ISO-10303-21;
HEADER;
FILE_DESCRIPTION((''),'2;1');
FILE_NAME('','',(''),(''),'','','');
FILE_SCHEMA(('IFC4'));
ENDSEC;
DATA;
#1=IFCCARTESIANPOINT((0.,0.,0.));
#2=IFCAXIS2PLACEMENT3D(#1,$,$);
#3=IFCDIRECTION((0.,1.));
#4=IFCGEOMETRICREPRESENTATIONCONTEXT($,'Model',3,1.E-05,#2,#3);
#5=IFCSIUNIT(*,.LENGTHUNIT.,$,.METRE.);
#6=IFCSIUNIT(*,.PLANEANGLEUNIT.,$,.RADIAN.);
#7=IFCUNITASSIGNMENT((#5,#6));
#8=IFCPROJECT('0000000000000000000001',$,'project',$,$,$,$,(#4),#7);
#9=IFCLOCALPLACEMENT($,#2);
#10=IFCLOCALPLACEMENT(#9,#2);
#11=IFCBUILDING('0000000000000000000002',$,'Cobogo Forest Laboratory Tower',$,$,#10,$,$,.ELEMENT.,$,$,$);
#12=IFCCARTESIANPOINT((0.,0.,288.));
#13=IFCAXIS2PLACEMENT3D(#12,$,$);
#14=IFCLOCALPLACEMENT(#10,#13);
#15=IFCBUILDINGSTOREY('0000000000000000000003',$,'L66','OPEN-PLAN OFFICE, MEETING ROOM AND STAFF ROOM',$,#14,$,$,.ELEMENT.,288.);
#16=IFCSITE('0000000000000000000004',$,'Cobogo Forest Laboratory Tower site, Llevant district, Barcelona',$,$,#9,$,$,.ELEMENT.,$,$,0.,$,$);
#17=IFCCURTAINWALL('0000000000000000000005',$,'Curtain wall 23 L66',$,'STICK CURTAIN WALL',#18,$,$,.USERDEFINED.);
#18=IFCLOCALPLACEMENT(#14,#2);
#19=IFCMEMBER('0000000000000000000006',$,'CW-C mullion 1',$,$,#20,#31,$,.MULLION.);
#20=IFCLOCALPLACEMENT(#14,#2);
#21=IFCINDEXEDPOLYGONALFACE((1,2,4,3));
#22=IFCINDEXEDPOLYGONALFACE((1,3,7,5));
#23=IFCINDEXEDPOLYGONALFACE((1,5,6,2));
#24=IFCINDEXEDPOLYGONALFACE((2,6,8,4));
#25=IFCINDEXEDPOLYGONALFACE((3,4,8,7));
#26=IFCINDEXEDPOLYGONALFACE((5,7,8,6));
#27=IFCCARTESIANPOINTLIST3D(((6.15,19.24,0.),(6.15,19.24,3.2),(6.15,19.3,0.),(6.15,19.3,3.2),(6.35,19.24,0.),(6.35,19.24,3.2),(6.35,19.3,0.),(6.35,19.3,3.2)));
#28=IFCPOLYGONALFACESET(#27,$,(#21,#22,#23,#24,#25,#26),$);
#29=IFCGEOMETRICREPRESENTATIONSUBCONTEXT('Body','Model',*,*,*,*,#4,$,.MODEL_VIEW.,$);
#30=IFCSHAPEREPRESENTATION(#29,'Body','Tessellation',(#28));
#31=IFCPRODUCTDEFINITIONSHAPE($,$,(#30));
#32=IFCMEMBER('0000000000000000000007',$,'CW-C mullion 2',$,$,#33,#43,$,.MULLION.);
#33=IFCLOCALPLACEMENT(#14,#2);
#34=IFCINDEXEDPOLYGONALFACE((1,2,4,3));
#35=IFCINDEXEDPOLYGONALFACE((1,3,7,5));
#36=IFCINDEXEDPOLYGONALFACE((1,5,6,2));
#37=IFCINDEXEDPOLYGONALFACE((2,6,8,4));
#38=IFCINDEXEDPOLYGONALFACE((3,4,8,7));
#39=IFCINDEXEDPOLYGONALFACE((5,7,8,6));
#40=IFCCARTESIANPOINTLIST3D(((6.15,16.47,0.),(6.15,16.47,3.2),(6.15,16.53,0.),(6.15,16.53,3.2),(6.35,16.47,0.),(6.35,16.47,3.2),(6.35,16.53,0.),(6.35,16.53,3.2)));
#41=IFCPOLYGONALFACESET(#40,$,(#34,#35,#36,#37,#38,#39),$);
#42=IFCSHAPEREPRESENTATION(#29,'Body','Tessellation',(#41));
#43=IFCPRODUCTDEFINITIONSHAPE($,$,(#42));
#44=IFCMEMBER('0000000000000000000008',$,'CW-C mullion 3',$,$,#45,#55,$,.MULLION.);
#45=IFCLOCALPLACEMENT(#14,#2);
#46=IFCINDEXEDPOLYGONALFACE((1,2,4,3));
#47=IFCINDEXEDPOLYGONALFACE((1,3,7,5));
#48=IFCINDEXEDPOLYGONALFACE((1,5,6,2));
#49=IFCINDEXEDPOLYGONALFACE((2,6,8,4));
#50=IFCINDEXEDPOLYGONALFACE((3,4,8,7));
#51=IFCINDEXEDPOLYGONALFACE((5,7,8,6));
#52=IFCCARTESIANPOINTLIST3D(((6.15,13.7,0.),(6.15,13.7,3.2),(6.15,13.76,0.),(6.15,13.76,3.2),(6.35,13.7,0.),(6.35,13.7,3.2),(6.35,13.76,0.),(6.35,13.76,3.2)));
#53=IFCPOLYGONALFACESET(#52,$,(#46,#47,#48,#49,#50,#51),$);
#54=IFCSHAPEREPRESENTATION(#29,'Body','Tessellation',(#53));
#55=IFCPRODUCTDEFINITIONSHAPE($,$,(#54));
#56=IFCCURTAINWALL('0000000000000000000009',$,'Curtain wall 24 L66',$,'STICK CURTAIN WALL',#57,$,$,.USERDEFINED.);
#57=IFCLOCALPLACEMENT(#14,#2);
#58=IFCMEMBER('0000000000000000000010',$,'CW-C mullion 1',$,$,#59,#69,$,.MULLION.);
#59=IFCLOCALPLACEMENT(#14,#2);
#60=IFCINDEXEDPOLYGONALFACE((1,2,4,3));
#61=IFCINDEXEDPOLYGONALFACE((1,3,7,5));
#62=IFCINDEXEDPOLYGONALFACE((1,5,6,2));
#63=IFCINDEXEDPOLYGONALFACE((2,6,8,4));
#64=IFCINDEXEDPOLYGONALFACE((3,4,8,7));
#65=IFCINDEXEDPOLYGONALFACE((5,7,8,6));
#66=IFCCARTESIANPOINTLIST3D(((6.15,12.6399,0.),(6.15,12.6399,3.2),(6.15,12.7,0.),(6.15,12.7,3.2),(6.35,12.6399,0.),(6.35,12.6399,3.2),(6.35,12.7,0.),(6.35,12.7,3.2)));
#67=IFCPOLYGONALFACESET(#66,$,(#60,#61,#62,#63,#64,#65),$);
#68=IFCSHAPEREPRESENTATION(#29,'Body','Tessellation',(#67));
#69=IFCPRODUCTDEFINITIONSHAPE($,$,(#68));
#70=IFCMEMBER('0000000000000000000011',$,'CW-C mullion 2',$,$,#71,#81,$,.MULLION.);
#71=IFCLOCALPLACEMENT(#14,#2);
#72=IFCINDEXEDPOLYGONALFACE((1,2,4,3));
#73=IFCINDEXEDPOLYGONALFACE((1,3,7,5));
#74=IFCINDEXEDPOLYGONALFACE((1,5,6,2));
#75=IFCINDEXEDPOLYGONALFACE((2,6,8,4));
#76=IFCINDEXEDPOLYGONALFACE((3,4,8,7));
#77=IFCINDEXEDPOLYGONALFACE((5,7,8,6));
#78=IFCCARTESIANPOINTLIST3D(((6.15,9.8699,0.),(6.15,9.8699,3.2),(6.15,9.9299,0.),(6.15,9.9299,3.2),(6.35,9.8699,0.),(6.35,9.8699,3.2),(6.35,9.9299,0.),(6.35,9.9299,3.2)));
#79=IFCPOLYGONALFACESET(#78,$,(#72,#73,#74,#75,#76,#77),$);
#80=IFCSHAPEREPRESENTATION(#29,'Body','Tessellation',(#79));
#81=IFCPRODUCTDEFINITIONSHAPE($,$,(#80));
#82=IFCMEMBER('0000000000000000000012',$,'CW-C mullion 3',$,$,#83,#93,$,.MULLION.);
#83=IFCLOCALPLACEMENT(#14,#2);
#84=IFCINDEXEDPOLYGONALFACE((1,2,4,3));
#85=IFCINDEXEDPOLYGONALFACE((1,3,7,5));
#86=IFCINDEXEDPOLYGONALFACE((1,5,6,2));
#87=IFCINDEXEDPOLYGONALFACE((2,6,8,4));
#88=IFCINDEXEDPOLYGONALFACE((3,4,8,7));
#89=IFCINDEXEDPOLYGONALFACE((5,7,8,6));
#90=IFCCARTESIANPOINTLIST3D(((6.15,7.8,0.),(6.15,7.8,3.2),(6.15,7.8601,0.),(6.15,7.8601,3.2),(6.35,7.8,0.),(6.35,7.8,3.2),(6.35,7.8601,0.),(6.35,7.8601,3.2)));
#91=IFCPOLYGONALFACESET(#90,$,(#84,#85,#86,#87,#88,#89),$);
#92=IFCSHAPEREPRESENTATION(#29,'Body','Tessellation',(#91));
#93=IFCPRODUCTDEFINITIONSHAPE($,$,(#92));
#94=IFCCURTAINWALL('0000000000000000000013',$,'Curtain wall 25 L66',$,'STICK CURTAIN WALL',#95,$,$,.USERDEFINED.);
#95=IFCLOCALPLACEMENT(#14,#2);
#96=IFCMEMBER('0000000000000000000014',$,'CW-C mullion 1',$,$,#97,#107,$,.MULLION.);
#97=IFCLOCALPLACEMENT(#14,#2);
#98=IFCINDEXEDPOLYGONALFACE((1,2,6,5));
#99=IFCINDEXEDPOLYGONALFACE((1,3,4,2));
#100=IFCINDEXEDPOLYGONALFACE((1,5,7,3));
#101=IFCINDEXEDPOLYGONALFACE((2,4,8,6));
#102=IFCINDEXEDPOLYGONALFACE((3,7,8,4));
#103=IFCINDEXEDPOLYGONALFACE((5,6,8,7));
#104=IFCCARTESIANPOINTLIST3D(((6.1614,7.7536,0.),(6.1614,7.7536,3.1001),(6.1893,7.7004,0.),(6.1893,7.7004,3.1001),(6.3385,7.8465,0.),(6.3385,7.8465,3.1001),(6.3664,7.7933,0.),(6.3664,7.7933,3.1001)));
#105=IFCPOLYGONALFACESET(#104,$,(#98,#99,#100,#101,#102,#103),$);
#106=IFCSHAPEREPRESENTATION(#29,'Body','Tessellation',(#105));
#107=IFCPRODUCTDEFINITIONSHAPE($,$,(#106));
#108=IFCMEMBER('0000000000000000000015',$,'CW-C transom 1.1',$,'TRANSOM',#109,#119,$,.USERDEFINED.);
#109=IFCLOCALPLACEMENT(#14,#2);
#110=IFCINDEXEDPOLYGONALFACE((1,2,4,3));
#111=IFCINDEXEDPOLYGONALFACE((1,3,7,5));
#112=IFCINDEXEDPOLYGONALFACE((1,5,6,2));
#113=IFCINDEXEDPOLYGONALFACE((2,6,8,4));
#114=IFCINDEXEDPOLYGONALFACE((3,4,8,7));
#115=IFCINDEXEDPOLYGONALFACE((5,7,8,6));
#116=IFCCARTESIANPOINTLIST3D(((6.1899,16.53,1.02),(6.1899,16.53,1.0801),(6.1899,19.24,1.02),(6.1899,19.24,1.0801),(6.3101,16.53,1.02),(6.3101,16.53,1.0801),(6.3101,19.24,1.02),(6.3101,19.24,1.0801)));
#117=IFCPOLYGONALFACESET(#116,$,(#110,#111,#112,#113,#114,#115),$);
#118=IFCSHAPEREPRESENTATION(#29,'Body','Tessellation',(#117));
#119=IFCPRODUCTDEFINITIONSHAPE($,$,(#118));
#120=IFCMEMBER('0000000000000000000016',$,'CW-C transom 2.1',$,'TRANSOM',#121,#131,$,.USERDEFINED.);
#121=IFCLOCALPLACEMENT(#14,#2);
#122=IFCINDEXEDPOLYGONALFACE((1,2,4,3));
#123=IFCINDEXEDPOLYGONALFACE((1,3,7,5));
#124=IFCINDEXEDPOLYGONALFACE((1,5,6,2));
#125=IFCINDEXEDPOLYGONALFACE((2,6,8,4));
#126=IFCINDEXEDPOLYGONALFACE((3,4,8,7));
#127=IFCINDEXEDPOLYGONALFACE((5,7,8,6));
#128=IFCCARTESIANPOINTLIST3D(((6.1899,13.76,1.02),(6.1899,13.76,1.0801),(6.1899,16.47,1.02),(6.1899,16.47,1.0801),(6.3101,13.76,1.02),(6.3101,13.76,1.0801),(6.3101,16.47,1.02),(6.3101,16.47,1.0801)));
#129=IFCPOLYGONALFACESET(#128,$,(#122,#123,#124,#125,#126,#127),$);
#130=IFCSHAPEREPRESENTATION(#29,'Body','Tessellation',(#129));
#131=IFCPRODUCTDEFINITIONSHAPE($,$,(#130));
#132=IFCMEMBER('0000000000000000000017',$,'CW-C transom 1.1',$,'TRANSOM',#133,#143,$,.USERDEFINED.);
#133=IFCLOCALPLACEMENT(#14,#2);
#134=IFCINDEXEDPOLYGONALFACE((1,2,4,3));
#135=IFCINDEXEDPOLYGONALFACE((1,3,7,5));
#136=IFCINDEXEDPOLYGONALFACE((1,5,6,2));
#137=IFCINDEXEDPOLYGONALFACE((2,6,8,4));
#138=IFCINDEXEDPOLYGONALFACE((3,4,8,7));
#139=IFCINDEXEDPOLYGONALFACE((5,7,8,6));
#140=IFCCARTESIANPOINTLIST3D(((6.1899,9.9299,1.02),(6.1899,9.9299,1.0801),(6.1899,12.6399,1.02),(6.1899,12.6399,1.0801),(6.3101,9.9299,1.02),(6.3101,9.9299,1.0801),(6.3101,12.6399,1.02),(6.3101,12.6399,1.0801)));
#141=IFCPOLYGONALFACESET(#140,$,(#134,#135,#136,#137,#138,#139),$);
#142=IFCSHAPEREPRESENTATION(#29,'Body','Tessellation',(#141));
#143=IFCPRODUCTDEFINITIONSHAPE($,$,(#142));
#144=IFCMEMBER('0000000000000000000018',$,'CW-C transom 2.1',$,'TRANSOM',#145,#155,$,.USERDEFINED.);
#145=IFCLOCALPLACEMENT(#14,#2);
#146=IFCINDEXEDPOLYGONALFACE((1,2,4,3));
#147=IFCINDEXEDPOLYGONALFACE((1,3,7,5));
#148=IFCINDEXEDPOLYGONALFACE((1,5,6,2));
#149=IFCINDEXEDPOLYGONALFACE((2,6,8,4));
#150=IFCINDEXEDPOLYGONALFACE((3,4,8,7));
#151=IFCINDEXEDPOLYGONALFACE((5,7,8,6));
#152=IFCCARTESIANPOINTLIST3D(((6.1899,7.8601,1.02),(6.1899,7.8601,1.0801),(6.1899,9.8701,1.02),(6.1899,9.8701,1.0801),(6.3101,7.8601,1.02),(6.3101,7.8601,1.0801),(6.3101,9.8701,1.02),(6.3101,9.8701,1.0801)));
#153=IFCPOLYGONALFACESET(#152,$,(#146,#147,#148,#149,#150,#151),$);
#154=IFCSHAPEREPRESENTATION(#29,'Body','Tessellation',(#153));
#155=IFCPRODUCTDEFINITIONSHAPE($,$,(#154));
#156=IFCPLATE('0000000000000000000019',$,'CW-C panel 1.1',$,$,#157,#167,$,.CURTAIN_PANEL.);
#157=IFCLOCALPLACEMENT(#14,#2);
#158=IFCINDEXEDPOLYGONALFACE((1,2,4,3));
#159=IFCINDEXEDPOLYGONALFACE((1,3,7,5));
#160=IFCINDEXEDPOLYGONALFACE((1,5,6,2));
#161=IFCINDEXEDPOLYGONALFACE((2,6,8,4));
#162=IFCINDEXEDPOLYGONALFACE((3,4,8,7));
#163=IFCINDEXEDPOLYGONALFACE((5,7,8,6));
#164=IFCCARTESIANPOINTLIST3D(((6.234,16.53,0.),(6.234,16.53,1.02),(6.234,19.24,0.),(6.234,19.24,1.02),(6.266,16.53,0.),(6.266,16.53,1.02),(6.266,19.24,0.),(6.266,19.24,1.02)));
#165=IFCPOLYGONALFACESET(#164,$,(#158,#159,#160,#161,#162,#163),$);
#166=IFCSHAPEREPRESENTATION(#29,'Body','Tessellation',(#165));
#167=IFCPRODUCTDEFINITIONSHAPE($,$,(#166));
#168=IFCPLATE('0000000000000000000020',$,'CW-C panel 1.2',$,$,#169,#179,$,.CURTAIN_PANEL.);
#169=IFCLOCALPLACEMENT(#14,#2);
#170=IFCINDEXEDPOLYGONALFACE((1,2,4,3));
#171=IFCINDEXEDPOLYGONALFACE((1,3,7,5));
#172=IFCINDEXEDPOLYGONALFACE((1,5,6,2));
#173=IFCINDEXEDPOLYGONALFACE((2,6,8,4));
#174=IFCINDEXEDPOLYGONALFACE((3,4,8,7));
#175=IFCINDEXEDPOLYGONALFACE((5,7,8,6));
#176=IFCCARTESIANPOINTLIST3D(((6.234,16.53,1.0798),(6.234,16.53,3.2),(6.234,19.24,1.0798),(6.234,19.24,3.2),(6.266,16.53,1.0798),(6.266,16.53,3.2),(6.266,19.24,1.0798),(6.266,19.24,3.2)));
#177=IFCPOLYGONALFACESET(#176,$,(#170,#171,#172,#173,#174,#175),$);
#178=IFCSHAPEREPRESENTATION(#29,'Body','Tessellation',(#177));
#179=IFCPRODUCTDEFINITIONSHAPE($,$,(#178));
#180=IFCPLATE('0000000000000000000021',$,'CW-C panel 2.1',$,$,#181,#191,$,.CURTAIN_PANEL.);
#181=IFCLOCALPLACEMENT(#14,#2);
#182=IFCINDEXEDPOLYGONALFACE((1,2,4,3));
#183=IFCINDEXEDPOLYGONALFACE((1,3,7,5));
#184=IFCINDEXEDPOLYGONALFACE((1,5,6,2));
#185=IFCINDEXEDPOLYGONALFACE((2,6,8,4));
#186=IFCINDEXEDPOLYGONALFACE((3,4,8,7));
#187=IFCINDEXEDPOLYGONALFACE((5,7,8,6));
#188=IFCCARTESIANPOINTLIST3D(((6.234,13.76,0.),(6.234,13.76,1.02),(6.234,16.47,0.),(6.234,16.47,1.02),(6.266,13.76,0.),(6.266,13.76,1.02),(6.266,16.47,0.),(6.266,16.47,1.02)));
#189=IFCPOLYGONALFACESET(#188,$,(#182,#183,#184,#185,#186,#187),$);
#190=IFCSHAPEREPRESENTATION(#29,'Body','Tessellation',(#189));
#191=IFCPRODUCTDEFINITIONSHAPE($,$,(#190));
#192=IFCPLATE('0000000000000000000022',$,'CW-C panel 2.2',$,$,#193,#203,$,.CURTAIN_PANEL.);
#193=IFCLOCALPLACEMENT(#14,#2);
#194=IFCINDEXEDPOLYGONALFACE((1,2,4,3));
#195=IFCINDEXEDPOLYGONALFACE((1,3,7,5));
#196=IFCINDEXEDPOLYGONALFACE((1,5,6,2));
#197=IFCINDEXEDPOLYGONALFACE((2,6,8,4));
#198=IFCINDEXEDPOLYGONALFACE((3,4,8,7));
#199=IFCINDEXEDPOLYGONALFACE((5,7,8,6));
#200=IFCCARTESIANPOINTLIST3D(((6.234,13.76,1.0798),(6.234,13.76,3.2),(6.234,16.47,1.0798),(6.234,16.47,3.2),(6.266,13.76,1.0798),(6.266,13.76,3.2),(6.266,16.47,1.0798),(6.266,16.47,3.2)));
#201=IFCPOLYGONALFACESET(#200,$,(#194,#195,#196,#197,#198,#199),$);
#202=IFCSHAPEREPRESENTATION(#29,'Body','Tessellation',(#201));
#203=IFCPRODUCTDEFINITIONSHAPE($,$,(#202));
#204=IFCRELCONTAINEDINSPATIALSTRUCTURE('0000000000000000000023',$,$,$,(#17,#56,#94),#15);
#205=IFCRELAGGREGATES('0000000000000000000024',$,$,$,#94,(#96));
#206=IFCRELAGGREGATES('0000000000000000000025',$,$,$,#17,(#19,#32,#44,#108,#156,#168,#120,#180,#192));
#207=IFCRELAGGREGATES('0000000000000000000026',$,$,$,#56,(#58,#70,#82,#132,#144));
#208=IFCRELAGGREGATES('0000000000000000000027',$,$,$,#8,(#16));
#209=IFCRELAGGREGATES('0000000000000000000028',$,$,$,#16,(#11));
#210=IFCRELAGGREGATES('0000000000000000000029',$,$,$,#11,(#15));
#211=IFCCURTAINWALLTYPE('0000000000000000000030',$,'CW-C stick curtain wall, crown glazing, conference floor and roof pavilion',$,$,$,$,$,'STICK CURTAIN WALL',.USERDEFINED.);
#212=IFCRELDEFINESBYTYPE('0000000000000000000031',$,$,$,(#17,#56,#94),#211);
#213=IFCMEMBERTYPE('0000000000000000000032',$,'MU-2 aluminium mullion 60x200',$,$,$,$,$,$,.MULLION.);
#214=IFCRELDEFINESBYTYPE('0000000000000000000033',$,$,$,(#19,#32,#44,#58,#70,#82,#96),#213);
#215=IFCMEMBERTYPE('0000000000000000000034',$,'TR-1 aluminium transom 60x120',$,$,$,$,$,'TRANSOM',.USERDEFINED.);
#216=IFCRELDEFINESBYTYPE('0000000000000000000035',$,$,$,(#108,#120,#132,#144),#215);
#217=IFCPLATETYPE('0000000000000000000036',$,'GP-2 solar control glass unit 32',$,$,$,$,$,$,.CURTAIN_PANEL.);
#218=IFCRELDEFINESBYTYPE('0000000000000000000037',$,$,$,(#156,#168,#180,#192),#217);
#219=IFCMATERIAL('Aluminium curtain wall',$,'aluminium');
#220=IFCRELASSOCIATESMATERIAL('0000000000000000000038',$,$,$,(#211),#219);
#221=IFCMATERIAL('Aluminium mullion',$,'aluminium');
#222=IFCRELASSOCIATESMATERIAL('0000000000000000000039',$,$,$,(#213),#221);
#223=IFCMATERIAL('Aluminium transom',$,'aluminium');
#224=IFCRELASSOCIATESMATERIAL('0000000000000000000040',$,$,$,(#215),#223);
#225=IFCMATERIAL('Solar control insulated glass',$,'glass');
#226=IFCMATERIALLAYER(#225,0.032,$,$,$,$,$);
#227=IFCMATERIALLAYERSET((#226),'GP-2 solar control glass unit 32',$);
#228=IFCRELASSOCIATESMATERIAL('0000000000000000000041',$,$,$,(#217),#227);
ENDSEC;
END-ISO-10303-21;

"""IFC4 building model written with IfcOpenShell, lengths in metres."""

from ifc_helpers import new_model, si_unit, direction, frame, origin, origin_2d, place, context, subcontext, project, spatial, rectangle, extrude, material, layer, layer_set, material_profile, profile_set, type_object, element, aggregate, save


model = new_model("IFC4")

# Units and contexts
model_context = context("Model", 3, precision=1e-05, world=origin(), true_north=direction((0.0, 1.0)))
body_context = subcontext(model_context, "Body", "Model", "MODEL_VIEW")
ifc_project = project(units=[si_unit("LENGTHUNIT", "METRE"), si_unit("PLANEANGLEUNIT", "RADIAN")], contexts=[model_context])

# Site, building, storey
site_placement = place(None, origin())
site = spatial("IfcSite", under=ifc_project, at=site_placement, Name="Cobogo Forest Laboratory Tower site, Llevant district, Barcelona", CompositionType="ELEMENT", RefElevation=0.0)
building_placement = place(site_placement, origin())
building = spatial("IfcBuilding", under=site, at=building_placement, Name="Cobogo Forest Laboratory Tower", CompositionType="ELEMENT")
storey_placement = place(building_placement, frame((0.0, 0.0, 288.0)))
storey = spatial("IfcBuildingStorey", under=building, at=storey_placement, Name="L66", Description="OPEN-PLAN OFFICE, MEETING ROOM AND STAFF ROOM", CompositionType="ELEMENT", Elevation=288.0)

# Curtain walls, members
ifc_material_1 = material(Name="Aluminium curtain wall", Category="aluminium")
curtain_wall_type = type_object("IfcCurtainWallType", Name="CW-C stick curtain wall, crown glazing, conference floor and roof pavilion", ElementType="STICK CURTAIN WALL", PredefinedType="USERDEFINED", material=ifc_material_1)
curtain_wall_1_placement = place(storey_placement, origin())
curtain_wall_1 = element("IfcCurtainWall", 1, at=curtain_wall_1_placement, inside=storey, type_object=curtain_wall_type, Name="Curtain wall 23 L66", ObjectType="STICK CURTAIN WALL", PredefinedType="USERDEFINED")
ifc_material_2 = material(Name="Aluminium mullion", Category="aluminium")
ifc_material_profile_1 = material_profile(ifc_material_2, rectangle(XDim=0.0601, YDim=0.2, at=origin_2d()), Name="AL 60x200")
ifc_profile_set_1 = profile_set([ifc_material_profile_1], Name="Aluminium mullion")
member_type_1 = type_object("IfcMemberType", Name="MU-2 aluminium mullion 60x200", PredefinedType="MULLION", material=ifc_profile_set_1)
member_1_placement = place(storey_placement, frame((6.25, 19.27, 0.0), z_axis=(0.0, 0.0, 1.0), x_axis=(0.0, -1.0, 0.0)))
member_1 = element("IfcMember", 2, at=member_1_placement, type_object=member_type_1, Name="CW-C mullion 1", PredefinedType="MULLION", context=body_context, shape_type="SweptSolid", body=[
    extrude(rectangle(XDim=0.0601, YDim=0.2, at=origin_2d()), origin(), (0.0, 0.0, 1.0), 3.2),
])
member_2_placement = place(storey_placement, frame((6.25, 16.5, 0.0), z_axis=(0.0, 0.0, 1.0), x_axis=(0.0, -1.0, 0.0)))
member_2 = element("IfcMember", 3, at=member_2_placement, type_object=member_type_1, Name="CW-C mullion 2", PredefinedType="MULLION", context=body_context, shape_type="SweptSolid", body=[
    extrude(rectangle(XDim=0.0601, YDim=0.2, at=origin_2d()), origin(), (0.0, 0.0, 1.0), 3.2),
])
member_3_placement = place(storey_placement, frame((6.25, 13.73, 0.0), z_axis=(0.0, 0.0, 1.0), x_axis=(0.0, -1.0, 0.0)))
member_3 = element("IfcMember", 4, at=member_3_placement, type_object=member_type_1, Name="CW-C mullion 3", PredefinedType="MULLION", context=body_context, shape_type="SweptSolid", body=[
    extrude(rectangle(XDim=0.0601, YDim=0.2, at=origin_2d()), origin(), (0.0, 0.0, 1.0), 3.2),
])
curtain_wall_2_placement = place(storey_placement, origin())
curtain_wall_2 = element("IfcCurtainWall", 5, at=curtain_wall_2_placement, inside=storey, type_object=curtain_wall_type, Name="Curtain wall 24 L66", ObjectType="STICK CURTAIN WALL", PredefinedType="USERDEFINED")
member_4_placement = place(storey_placement, frame((6.25, 12.6699, 0.0), z_axis=(0.0, 0.0, 1.0), x_axis=(0.0, -1.0, 0.0)))
member_4 = element("IfcMember", 6, at=member_4_placement, type_object=member_type_1, Name="CW-C mullion 1", PredefinedType="MULLION", context=body_context, shape_type="SweptSolid", body=[
    extrude(rectangle(XDim=0.0601, YDim=0.2, at=origin_2d()), origin(), (0.0, 0.0, 1.0), 3.2),
])
member_5_placement = place(storey_placement, frame((6.25, 9.8999, 0.0), z_axis=(0.0, 0.0, 1.0), x_axis=(0.0, -1.0, 0.0)))
member_5 = element("IfcMember", 7, at=member_5_placement, type_object=member_type_1, Name="CW-C mullion 2", PredefinedType="MULLION", context=body_context, shape_type="SweptSolid", body=[
    extrude(rectangle(XDim=0.0601, YDim=0.2, at=origin_2d()), origin(), (0.0, 0.0, 1.0), 3.2),
])
member_6_placement = place(storey_placement, frame((6.25, 7.8301, 0.0), z_axis=(0.0, 0.0, 1.0), x_axis=(0.0, -1.0, 0.0)))
member_6 = element("IfcMember", 8, at=member_6_placement, type_object=member_type_1, Name="CW-C mullion 3", PredefinedType="MULLION", context=body_context, shape_type="SweptSolid", body=[
    extrude(rectangle(XDim=0.0601, YDim=0.2, at=origin_2d()), origin(), (0.0, 0.0, 1.0), 3.2),
])

# Curtain wall, member
curtain_wall_3_placement = place(storey_placement, origin())
curtain_wall_3 = element("IfcCurtainWall", 9, at=curtain_wall_3_placement, inside=storey, type_object=curtain_wall_type, Name="Curtain wall 25 L66", ObjectType="STICK CURTAIN WALL", PredefinedType="USERDEFINED")
member_7_placement = place(storey_placement, frame((6.2639, 7.7734, 0.0), z_axis=(0.0, 0.0, 1.0), x_axis=(0.464284, -0.885686, 0.0)))
member_7 = element("IfcMember", 10, at=member_7_placement, type_object=member_type_1, Name="CW-C mullion 1", PredefinedType="MULLION", context=body_context, shape_type="SweptSolid", body=[
    extrude(rectangle(XDim=0.0601, YDim=0.2, at=origin_2d()), origin(), (0.0, 0.0, 1.0), 3.1001),
])
aggregate(curtain_wall_3, [member_7])

# Members
ifc_material_3 = material(Name="Aluminium transom", Category="aluminium")
ifc_material_profile_2 = material_profile(ifc_material_3, rectangle(XDim=0.1201, YDim=0.0601, at=origin_2d()), Name="AL 60x120")
ifc_profile_set_2 = profile_set([ifc_material_profile_2], Name="Aluminium transom")
member_type_2 = type_object("IfcMemberType", Name="TR-1 aluminium transom 60x120", ElementType="TRANSOM", PredefinedType="USERDEFINED", material=ifc_profile_set_2)
member_8_placement = place(storey_placement, frame((6.25, 19.24, 1.05), z_axis=(0.0, -1.0, 0.0), x_axis=(1.0, 0.0, 0.0)))
member_8 = element("IfcMember", 11, at=member_8_placement, type_object=member_type_2, Name="CW-C transom 1.1", ObjectType="TRANSOM", PredefinedType="USERDEFINED", context=body_context, shape_type="SweptSolid", body=[
    extrude(rectangle(XDim=0.1201, YDim=0.0601, at=origin_2d()), origin(), (0.0, 0.0, 1.0), 2.71),
])
member_9_placement = place(storey_placement, frame((6.25, 16.47, 1.05), z_axis=(0.0, -1.0, 0.0), x_axis=(1.0, 0.0, 0.0)))
member_9 = element("IfcMember", 12, at=member_9_placement, type_object=member_type_2, Name="CW-C transom 2.1", ObjectType="TRANSOM", PredefinedType="USERDEFINED", context=body_context, shape_type="SweptSolid", body=[
    extrude(rectangle(XDim=0.1201, YDim=0.0601, at=origin_2d()), origin(), (0.0, 0.0, 1.0), 2.71),
])
member_10_placement = place(storey_placement, frame((6.25, 12.6399, 1.05), z_axis=(0.0, -1.0, 0.0), x_axis=(1.0, 0.0, 0.0)))
member_10 = element("IfcMember", 13, at=member_10_placement, type_object=member_type_2, Name="CW-C transom 1.1", ObjectType="TRANSOM", PredefinedType="USERDEFINED", context=body_context, shape_type="SweptSolid", body=[
    extrude(rectangle(XDim=0.1201, YDim=0.0601, at=origin_2d()), origin(), (0.0, 0.0, 1.0), 2.71),
])
member_11_placement = place(storey_placement, frame((6.25, 9.8701, 1.05), z_axis=(0.0, -1.0, 0.0), x_axis=(1.0, 0.0, 0.0)))
member_11 = element("IfcMember", 14, at=member_11_placement, type_object=member_type_2, Name="CW-C transom 2.1", ObjectType="TRANSOM", PredefinedType="USERDEFINED", context=body_context, shape_type="SweptSolid", body=[
    extrude(rectangle(XDim=0.1201, YDim=0.0601, at=origin_2d()), origin(), (0.0, 0.0, 1.0), 2.01),
])

# Plates
ifc_material_4 = material(Name="Solar control insulated glass", Category="glass")
ifc_layer_1 = layer(ifc_material_4, 0.032)
ifc_layer_set_1 = layer_set([ifc_layer_1], Name="GP-2 solar control glass unit 32")
plate_type = type_object("IfcPlateType", Name="GP-2 solar control glass unit 32", PredefinedType="CURTAIN_PANEL", material=ifc_layer_set_1)
plate_1_placement = place(storey_placement, frame((6.25, 17.885, 0.0), z_axis=(0.0, 0.0, 1.0), x_axis=(0.0, -1.0, 0.0)))
plate_1 = element("IfcPlate", 15, at=plate_1_placement, type_object=plate_type, Name="CW-C panel 1.1", PredefinedType="CURTAIN_PANEL", context=body_context, shape_type="SweptSolid", body=[
    extrude(rectangle(XDim=2.71, YDim=0.032, at=origin_2d()), origin(), (0.0, 0.0, 1.0), 1.02),
])
plate_2_placement = place(storey_placement, frame((6.25, 17.885, 1.0798), z_axis=(0.0, 0.0, 1.0), x_axis=(0.0, -1.0, 0.0)))
plate_2 = element("IfcPlate", 16, at=plate_2_placement, type_object=plate_type, Name="CW-C panel 1.2", PredefinedType="CURTAIN_PANEL", context=body_context, shape_type="SweptSolid", body=[
    extrude(rectangle(XDim=2.71, YDim=0.032, at=origin_2d()), origin(), (0.0, 0.0, 1.0), 2.1201),
])
plate_3_placement = place(storey_placement, frame((6.25, 15.115, 0.0), z_axis=(0.0, 0.0, 1.0), x_axis=(0.0, -1.0, 0.0)))
plate_3 = element("IfcPlate", 17, at=plate_3_placement, type_object=plate_type, Name="CW-C panel 2.1", PredefinedType="CURTAIN_PANEL", context=body_context, shape_type="SweptSolid", body=[
    extrude(rectangle(XDim=2.71, YDim=0.032, at=origin_2d()), origin(), (0.0, 0.0, 1.0), 1.02),
])
plate_4_placement = place(storey_placement, frame((6.25, 15.115, 1.0798), z_axis=(0.0, 0.0, 1.0), x_axis=(0.0, -1.0, 0.0)))
plate_4 = element("IfcPlate", 18, at=plate_4_placement, type_object=plate_type, Name="CW-C panel 2.2", PredefinedType="CURTAIN_PANEL", context=body_context, shape_type="SweptSolid", body=[
    extrude(rectangle(XDim=2.71, YDim=0.032, at=origin_2d()), origin(), (0.0, 0.0, 1.0), 2.1201),
])
aggregate(curtain_wall_1, [member_1, member_2, member_3, member_8, plate_1, plate_2, member_9, plate_3, plate_4])
aggregate(curtain_wall_2, [member_4, member_5, member_6, member_10, member_11])

save(model, "model.ifc")
